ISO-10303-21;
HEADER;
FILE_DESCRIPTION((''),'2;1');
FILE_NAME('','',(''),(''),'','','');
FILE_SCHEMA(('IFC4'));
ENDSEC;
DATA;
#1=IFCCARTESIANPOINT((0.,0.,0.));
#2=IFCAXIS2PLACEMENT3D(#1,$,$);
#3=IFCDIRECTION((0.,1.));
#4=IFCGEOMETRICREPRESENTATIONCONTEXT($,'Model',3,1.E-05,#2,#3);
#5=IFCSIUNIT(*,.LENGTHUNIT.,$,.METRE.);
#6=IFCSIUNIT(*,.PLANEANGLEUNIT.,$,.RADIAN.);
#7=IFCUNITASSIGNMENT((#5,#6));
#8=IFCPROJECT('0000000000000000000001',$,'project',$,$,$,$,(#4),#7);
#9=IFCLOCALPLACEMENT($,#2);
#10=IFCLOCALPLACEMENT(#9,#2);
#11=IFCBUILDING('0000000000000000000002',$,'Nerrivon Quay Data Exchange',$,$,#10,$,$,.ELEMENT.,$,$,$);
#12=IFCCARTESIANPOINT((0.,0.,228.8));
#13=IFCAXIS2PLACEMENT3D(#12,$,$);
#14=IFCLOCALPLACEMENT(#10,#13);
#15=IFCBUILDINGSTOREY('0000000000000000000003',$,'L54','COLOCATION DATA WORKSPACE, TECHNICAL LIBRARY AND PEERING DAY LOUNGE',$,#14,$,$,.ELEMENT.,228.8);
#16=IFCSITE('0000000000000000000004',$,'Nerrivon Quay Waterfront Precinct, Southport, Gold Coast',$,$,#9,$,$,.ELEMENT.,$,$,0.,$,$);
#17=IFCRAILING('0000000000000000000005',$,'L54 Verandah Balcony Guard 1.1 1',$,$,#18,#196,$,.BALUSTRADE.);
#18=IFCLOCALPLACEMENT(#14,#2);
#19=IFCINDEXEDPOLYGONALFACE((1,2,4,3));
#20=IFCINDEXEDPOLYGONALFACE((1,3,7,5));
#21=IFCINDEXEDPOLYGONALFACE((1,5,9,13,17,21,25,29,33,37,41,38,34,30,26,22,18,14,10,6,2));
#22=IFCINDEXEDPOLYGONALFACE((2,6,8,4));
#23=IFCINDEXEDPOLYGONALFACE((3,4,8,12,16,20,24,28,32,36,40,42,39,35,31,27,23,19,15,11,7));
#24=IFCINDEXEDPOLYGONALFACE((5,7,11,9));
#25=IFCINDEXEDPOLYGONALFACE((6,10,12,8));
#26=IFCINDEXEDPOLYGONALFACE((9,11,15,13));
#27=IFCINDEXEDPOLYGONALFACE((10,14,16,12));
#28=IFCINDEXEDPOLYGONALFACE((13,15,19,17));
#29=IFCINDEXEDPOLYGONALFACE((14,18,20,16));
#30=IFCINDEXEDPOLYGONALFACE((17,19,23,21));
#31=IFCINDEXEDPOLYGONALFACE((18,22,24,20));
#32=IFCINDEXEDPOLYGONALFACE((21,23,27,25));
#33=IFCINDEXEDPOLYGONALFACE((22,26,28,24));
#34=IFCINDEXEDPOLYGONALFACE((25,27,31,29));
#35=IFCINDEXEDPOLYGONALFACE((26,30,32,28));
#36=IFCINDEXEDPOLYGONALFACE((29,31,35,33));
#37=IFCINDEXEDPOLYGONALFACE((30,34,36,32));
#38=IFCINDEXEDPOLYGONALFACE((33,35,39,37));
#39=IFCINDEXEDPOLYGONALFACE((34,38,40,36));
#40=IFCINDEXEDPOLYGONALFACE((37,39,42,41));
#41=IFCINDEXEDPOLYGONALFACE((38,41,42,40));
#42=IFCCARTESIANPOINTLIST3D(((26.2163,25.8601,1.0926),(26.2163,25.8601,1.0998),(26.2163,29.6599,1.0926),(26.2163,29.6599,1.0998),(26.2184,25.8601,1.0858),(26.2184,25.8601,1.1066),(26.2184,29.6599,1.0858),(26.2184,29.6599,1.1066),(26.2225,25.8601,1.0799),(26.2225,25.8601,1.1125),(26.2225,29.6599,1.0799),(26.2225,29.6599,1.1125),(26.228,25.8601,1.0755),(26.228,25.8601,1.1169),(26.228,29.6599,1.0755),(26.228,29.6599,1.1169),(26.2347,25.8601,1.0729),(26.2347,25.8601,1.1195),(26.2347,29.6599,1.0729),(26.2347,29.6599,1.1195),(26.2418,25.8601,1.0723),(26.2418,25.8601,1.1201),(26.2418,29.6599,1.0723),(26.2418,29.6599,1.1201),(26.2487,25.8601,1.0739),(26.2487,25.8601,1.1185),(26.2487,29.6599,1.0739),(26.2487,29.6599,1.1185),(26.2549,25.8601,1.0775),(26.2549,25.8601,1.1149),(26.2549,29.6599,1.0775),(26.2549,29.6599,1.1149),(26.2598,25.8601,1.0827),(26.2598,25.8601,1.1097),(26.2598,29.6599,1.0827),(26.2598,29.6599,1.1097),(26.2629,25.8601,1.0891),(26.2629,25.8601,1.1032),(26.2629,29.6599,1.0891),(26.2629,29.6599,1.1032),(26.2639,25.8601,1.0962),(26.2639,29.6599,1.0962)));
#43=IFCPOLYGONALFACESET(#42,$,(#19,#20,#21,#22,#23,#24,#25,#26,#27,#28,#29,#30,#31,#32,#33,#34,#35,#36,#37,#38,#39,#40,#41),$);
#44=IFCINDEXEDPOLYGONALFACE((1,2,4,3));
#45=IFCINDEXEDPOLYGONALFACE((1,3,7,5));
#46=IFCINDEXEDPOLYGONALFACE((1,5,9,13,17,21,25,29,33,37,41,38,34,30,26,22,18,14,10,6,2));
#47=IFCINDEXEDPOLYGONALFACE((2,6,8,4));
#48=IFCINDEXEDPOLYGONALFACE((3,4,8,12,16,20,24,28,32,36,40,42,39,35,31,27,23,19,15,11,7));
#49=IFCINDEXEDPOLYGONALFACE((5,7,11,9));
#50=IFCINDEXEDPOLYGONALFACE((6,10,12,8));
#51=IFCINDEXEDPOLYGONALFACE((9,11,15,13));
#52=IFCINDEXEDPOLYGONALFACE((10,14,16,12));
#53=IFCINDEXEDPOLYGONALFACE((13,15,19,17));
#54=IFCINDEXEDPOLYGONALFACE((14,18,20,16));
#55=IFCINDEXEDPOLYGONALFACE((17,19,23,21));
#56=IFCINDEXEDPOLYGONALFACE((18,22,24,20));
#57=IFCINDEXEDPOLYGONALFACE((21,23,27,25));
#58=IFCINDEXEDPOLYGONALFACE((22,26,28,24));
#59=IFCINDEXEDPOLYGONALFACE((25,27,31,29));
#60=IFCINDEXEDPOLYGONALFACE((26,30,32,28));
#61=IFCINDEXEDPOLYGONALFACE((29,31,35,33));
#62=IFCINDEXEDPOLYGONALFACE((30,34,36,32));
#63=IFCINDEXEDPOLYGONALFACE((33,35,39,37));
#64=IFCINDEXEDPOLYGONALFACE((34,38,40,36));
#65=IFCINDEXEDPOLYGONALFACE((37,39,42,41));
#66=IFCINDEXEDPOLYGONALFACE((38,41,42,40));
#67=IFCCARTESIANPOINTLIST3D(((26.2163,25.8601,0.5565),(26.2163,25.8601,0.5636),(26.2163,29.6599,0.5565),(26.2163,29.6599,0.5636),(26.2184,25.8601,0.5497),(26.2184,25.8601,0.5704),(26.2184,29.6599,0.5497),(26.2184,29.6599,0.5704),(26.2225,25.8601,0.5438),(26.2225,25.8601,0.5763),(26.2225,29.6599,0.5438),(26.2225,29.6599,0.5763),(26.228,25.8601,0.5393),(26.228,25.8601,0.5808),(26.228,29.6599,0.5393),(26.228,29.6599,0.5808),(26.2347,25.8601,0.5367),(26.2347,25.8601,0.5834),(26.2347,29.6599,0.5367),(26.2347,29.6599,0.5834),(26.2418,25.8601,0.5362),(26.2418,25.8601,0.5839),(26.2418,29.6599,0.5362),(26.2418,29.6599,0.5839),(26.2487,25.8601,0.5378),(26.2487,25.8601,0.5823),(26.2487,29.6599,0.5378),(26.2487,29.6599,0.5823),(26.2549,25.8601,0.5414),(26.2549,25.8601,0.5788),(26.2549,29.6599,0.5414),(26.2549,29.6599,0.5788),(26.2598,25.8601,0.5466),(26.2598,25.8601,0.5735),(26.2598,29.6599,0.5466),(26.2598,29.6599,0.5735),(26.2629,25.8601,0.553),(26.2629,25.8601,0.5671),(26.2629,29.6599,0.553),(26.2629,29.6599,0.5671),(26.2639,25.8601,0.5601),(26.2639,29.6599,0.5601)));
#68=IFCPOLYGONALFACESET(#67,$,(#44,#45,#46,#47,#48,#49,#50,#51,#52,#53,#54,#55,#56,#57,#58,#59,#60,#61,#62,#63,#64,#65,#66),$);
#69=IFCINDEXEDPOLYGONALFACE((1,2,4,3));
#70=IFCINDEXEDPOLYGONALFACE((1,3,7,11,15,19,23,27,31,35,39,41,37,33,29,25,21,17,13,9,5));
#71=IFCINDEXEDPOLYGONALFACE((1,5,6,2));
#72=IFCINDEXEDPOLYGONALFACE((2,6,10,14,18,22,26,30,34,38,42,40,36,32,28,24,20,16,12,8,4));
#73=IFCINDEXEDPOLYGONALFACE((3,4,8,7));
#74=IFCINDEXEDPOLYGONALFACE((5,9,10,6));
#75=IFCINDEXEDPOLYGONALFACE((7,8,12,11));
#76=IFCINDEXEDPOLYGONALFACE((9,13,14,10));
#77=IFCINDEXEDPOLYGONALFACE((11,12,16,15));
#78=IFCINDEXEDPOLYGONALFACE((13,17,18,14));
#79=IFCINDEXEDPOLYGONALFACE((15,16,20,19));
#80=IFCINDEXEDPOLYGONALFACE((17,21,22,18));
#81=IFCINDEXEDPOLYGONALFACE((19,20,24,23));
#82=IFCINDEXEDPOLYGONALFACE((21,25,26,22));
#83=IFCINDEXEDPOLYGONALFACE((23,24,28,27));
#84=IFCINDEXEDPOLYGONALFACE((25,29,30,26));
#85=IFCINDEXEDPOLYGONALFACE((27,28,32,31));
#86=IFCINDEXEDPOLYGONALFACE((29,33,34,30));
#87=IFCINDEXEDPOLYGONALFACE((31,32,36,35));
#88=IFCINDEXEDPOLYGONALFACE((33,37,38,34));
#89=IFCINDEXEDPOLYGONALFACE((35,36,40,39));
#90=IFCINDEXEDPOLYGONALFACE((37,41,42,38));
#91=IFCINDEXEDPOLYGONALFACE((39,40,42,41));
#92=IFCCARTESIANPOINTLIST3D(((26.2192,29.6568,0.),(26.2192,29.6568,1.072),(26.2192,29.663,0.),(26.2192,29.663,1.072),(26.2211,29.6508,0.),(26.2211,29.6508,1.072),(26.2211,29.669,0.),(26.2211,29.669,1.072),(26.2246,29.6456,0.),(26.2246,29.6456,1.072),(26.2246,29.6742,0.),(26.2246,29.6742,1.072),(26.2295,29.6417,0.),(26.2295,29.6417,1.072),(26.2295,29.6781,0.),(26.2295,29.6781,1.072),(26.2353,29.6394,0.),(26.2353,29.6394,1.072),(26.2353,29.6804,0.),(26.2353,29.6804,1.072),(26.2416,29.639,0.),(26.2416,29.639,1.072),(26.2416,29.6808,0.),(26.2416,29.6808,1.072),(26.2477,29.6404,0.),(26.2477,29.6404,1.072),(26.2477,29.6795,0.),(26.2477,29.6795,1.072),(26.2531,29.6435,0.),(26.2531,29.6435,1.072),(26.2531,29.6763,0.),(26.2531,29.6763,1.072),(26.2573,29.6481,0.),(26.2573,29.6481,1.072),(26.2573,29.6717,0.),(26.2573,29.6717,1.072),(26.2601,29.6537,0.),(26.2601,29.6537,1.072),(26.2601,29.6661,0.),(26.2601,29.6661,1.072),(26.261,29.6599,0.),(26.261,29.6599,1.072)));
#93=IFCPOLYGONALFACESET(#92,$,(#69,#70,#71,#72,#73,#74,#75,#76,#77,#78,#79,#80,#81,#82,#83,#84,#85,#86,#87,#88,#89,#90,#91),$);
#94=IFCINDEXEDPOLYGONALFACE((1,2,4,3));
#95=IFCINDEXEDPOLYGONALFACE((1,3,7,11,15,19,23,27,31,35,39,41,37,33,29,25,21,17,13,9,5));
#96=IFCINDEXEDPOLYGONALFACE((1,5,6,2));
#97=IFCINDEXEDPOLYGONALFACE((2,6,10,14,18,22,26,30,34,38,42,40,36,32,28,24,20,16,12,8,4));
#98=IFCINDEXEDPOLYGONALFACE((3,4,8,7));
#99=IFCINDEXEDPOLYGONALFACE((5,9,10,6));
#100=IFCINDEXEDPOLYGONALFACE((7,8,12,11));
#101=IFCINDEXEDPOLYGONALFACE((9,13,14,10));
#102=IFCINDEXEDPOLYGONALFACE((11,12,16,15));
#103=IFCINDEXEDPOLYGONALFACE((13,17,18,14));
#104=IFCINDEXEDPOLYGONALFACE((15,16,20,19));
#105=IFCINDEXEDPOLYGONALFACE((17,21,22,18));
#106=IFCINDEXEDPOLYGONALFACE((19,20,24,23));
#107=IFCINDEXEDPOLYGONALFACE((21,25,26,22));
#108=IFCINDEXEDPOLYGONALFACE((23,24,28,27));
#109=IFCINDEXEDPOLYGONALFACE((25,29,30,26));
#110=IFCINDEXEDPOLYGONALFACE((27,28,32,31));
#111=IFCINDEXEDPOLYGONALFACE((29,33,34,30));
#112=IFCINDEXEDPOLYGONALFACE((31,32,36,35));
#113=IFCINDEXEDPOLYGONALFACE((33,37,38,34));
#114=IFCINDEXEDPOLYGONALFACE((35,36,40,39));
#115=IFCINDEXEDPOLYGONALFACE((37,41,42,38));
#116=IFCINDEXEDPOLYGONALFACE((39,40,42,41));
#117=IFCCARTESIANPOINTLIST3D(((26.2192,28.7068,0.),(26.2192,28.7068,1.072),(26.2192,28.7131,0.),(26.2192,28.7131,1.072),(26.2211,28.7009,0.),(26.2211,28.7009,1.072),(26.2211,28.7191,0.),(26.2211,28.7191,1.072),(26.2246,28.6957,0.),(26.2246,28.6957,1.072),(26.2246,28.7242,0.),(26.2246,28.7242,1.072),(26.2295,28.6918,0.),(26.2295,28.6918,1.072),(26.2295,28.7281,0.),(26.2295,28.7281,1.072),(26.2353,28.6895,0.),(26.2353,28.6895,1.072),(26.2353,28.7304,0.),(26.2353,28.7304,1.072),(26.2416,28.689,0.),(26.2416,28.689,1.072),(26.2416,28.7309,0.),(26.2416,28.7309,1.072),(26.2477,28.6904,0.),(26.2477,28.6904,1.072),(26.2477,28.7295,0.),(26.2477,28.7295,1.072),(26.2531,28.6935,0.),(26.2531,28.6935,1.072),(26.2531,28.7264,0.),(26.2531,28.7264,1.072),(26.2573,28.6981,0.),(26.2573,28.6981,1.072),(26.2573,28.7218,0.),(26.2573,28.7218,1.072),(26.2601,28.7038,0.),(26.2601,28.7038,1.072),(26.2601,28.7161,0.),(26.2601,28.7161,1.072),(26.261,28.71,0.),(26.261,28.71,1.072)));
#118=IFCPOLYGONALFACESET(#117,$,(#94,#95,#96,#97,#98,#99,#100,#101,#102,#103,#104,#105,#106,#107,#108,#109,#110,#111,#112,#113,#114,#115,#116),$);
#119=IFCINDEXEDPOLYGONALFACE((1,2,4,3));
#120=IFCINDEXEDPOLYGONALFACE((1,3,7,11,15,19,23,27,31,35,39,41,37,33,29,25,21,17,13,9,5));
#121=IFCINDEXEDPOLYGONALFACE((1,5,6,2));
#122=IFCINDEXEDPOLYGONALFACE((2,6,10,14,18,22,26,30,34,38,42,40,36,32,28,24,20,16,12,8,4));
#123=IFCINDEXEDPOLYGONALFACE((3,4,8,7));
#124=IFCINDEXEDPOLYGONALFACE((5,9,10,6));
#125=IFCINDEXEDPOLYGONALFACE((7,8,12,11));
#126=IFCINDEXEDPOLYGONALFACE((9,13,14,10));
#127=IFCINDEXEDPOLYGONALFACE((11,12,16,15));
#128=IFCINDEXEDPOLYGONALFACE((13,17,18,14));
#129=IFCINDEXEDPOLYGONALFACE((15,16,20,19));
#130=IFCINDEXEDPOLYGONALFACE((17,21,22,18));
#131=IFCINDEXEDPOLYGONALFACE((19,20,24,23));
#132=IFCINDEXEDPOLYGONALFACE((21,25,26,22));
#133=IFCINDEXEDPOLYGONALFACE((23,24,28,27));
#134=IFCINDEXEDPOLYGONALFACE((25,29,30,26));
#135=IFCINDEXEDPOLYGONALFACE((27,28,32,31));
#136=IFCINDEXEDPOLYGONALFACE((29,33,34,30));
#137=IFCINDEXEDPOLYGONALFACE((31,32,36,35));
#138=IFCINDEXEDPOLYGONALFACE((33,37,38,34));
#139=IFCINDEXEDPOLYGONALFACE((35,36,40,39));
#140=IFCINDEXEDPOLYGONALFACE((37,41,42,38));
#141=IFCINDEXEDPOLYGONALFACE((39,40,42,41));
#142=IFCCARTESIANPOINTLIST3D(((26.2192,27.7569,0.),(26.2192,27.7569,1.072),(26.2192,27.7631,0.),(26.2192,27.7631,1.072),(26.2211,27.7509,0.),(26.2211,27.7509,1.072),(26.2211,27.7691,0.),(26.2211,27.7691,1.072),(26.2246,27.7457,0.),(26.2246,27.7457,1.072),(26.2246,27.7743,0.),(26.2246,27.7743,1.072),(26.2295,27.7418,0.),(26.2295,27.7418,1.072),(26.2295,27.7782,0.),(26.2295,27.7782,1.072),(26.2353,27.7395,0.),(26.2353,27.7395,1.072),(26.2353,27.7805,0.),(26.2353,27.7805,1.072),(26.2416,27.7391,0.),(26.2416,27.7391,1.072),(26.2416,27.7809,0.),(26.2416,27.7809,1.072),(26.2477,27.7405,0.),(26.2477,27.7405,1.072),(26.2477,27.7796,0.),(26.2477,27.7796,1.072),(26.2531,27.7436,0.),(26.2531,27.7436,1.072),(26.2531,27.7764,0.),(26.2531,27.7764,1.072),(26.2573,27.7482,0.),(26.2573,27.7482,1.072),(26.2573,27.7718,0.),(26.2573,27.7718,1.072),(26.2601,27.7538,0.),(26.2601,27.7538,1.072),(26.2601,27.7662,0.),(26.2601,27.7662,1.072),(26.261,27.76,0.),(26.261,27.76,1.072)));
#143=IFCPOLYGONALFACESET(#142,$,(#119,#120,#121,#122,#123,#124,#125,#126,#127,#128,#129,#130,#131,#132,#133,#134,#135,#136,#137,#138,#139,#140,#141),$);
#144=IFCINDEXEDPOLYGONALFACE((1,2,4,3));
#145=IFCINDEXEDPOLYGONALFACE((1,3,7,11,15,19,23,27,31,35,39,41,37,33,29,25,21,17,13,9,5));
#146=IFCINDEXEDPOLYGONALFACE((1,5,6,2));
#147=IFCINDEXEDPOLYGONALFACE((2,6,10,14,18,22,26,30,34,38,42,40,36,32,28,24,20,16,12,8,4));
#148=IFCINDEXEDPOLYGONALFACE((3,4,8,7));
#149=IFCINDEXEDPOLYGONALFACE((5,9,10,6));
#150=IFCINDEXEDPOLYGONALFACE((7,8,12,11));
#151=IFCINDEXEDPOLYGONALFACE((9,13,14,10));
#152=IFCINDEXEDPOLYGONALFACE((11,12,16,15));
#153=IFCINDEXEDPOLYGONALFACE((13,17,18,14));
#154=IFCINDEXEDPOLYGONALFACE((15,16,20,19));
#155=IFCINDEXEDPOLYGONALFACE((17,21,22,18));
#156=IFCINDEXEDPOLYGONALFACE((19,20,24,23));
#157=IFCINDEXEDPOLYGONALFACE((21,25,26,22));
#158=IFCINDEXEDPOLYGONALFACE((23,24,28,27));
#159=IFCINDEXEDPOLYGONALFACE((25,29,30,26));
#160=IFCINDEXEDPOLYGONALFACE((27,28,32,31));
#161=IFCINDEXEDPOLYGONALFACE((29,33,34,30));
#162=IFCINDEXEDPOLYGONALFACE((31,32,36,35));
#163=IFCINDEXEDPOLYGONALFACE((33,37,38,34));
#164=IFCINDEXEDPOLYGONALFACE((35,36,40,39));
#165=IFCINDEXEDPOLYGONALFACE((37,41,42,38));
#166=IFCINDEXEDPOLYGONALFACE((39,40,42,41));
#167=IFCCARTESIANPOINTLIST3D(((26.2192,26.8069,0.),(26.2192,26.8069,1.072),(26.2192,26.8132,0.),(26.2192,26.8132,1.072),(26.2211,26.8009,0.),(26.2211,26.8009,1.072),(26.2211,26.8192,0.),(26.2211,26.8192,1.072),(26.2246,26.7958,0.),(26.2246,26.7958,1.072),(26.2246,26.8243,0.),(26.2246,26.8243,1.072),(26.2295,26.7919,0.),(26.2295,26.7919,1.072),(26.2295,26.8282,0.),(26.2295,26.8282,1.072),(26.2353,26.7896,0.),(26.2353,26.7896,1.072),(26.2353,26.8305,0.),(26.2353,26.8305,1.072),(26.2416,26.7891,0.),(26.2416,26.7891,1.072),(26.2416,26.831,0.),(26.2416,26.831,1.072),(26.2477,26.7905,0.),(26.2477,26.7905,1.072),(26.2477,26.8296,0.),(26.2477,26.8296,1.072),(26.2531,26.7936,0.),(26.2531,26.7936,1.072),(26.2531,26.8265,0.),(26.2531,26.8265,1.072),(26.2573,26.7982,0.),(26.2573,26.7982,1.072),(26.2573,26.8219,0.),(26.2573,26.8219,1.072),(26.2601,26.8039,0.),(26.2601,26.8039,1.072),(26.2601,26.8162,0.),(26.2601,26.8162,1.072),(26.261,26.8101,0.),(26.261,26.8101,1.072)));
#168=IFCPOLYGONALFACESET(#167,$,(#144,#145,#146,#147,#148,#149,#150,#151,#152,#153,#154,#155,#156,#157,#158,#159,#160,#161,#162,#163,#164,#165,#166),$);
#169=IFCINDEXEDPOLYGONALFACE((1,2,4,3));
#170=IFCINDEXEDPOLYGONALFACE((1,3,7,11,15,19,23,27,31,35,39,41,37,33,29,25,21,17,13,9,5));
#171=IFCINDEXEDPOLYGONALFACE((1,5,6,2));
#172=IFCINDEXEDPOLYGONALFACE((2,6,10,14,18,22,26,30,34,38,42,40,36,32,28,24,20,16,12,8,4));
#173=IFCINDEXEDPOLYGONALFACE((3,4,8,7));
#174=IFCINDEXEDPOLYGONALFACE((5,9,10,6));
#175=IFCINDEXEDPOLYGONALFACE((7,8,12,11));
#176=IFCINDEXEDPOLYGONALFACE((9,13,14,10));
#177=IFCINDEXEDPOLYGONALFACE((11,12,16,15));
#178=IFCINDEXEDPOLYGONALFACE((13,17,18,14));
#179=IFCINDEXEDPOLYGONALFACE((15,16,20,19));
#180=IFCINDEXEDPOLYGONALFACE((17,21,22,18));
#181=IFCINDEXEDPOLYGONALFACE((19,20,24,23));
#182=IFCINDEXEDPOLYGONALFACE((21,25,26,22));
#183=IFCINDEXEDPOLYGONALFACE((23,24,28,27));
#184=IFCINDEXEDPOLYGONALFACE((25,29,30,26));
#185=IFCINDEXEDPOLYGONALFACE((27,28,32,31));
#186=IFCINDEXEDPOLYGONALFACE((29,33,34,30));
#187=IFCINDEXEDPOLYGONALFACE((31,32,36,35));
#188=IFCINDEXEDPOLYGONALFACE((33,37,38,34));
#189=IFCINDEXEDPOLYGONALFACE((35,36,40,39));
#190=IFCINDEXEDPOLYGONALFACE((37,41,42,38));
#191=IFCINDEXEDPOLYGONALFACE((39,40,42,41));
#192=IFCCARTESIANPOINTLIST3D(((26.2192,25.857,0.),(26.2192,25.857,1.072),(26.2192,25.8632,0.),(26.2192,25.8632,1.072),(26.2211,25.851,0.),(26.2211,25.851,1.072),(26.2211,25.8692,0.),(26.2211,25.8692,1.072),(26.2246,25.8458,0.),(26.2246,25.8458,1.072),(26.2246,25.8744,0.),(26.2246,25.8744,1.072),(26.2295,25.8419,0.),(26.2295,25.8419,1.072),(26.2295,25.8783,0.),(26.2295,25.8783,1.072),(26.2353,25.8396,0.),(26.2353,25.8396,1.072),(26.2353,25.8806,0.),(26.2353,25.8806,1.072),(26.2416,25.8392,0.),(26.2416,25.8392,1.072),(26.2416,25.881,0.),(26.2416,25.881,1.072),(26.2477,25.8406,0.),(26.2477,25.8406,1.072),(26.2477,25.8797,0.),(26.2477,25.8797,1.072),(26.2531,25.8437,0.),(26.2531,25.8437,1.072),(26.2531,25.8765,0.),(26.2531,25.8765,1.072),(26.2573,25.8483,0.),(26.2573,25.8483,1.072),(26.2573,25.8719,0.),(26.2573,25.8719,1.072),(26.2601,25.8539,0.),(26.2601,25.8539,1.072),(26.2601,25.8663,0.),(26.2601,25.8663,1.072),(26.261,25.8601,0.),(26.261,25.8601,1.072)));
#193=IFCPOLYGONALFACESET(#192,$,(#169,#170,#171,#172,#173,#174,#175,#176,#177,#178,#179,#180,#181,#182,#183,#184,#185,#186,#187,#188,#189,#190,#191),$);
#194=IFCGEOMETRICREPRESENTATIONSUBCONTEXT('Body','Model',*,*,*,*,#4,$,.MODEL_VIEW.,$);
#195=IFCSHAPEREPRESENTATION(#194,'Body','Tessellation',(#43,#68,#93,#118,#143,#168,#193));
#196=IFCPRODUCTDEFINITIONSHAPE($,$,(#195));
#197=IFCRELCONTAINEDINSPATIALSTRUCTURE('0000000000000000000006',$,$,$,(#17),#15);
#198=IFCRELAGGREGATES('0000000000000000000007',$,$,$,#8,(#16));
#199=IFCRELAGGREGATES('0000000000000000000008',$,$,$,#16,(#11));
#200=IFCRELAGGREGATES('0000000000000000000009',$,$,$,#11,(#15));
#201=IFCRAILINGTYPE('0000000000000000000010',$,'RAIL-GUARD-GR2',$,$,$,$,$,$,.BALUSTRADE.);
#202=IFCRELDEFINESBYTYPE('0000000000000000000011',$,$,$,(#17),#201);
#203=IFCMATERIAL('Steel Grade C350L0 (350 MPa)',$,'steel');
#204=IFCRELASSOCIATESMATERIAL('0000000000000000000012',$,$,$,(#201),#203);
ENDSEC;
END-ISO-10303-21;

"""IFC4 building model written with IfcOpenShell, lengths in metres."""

from ifc_helpers import new_model, si_unit, direction, frame, origin, origin_2d, place, context, subcontext, project, spatial, circle, extrude, material, type_object, element, save


model = new_model("IFC4")

# Units and contexts
model_context = context("Model", 3, precision=1e-05, world=origin(), true_north=direction((0.0, 1.0)))
body_context = subcontext(model_context, "Body", "Model", "MODEL_VIEW")
ifc_project = project(units=[si_unit("LENGTHUNIT", "METRE"), si_unit("PLANEANGLEUNIT", "RADIAN")], contexts=[model_context])

# Site, building, storey
site_placement = place(None, origin())
site = spatial("IfcSite", under=ifc_project, at=site_placement, Name="Nerrivon Quay Waterfront Precinct, Southport, Gold Coast", CompositionType="ELEMENT", RefElevation=0.0)
building_placement = place(site_placement, origin())
building = spatial("IfcBuilding", under=site, at=building_placement, Name="Nerrivon Quay Data Exchange", CompositionType="ELEMENT")
storey_placement = place(building_placement, frame((0.0, 0.0, 228.8)))
storey = spatial("IfcBuildingStorey", under=building, at=storey_placement, Name="L54", Description="COLOCATION DATA WORKSPACE, TECHNICAL LIBRARY AND PEERING DAY LOUNGE", CompositionType="ELEMENT", Elevation=228.8)

# Shared definitions
ifc_material_1 = material(Name="Steel Grade C350L0 (350 MPa)", Category="steel")

# Railing
railing_type = type_object("IfcRailingType", Name="RAIL-GUARD-GR2", PredefinedType="BALUSTRADE", material=ifc_material_1)
railing_1_placement = place(storey_placement, frame((26.24, 29.6599, 0.0)))
element("IfcRailing", 1, at=railing_1_placement, inside=storey, type_object=railing_type, Name="L54 Verandah Balcony Guard 1.1 1", PredefinedType="BALUSTRADE", context=body_context, shape_type="SweptSolid", body=[
    extrude(circle(Radius=0.0239, at=origin_2d()), frame((0.0, 0.0, 1.0962), z_axis=(0.0, -1.0, 0.0), x_axis=(1.0, 0.0, 0.0)), (0.0, 0.0, 1.0), 3.7998),
    extrude(circle(Radius=0.0239, at=origin_2d()), frame((0.0, 0.0, 0.5601), z_axis=(0.0, -1.0, 0.0), x_axis=(1.0, 0.0, 0.0)), (0.0, 0.0, 1.0), 3.7998),
    extrude(circle(Radius=0.021, at=origin_2d()), origin(), (0.0, 0.0, 1.0), 1.072),
    extrude(circle(Radius=0.021, at=origin_2d()), frame((0.0, -0.95, 0.0)), (0.0, 0.0, 1.0), 1.072),
    extrude(circle(Radius=0.021, at=origin_2d()), frame((0.0, -1.8999, 0.0)), (0.0, 0.0, 1.0), 1.072),
    extrude(circle(Radius=0.021, at=origin_2d()), frame((0.0, -2.8499, 0.0)), (0.0, 0.0, 1.0), 1.072),
    extrude(circle(Radius=0.021, at=origin_2d()), frame((0.0, -3.7998, 0.0)), (0.0, 0.0, 1.0), 1.072),
])

save(model, "model.ifc")
